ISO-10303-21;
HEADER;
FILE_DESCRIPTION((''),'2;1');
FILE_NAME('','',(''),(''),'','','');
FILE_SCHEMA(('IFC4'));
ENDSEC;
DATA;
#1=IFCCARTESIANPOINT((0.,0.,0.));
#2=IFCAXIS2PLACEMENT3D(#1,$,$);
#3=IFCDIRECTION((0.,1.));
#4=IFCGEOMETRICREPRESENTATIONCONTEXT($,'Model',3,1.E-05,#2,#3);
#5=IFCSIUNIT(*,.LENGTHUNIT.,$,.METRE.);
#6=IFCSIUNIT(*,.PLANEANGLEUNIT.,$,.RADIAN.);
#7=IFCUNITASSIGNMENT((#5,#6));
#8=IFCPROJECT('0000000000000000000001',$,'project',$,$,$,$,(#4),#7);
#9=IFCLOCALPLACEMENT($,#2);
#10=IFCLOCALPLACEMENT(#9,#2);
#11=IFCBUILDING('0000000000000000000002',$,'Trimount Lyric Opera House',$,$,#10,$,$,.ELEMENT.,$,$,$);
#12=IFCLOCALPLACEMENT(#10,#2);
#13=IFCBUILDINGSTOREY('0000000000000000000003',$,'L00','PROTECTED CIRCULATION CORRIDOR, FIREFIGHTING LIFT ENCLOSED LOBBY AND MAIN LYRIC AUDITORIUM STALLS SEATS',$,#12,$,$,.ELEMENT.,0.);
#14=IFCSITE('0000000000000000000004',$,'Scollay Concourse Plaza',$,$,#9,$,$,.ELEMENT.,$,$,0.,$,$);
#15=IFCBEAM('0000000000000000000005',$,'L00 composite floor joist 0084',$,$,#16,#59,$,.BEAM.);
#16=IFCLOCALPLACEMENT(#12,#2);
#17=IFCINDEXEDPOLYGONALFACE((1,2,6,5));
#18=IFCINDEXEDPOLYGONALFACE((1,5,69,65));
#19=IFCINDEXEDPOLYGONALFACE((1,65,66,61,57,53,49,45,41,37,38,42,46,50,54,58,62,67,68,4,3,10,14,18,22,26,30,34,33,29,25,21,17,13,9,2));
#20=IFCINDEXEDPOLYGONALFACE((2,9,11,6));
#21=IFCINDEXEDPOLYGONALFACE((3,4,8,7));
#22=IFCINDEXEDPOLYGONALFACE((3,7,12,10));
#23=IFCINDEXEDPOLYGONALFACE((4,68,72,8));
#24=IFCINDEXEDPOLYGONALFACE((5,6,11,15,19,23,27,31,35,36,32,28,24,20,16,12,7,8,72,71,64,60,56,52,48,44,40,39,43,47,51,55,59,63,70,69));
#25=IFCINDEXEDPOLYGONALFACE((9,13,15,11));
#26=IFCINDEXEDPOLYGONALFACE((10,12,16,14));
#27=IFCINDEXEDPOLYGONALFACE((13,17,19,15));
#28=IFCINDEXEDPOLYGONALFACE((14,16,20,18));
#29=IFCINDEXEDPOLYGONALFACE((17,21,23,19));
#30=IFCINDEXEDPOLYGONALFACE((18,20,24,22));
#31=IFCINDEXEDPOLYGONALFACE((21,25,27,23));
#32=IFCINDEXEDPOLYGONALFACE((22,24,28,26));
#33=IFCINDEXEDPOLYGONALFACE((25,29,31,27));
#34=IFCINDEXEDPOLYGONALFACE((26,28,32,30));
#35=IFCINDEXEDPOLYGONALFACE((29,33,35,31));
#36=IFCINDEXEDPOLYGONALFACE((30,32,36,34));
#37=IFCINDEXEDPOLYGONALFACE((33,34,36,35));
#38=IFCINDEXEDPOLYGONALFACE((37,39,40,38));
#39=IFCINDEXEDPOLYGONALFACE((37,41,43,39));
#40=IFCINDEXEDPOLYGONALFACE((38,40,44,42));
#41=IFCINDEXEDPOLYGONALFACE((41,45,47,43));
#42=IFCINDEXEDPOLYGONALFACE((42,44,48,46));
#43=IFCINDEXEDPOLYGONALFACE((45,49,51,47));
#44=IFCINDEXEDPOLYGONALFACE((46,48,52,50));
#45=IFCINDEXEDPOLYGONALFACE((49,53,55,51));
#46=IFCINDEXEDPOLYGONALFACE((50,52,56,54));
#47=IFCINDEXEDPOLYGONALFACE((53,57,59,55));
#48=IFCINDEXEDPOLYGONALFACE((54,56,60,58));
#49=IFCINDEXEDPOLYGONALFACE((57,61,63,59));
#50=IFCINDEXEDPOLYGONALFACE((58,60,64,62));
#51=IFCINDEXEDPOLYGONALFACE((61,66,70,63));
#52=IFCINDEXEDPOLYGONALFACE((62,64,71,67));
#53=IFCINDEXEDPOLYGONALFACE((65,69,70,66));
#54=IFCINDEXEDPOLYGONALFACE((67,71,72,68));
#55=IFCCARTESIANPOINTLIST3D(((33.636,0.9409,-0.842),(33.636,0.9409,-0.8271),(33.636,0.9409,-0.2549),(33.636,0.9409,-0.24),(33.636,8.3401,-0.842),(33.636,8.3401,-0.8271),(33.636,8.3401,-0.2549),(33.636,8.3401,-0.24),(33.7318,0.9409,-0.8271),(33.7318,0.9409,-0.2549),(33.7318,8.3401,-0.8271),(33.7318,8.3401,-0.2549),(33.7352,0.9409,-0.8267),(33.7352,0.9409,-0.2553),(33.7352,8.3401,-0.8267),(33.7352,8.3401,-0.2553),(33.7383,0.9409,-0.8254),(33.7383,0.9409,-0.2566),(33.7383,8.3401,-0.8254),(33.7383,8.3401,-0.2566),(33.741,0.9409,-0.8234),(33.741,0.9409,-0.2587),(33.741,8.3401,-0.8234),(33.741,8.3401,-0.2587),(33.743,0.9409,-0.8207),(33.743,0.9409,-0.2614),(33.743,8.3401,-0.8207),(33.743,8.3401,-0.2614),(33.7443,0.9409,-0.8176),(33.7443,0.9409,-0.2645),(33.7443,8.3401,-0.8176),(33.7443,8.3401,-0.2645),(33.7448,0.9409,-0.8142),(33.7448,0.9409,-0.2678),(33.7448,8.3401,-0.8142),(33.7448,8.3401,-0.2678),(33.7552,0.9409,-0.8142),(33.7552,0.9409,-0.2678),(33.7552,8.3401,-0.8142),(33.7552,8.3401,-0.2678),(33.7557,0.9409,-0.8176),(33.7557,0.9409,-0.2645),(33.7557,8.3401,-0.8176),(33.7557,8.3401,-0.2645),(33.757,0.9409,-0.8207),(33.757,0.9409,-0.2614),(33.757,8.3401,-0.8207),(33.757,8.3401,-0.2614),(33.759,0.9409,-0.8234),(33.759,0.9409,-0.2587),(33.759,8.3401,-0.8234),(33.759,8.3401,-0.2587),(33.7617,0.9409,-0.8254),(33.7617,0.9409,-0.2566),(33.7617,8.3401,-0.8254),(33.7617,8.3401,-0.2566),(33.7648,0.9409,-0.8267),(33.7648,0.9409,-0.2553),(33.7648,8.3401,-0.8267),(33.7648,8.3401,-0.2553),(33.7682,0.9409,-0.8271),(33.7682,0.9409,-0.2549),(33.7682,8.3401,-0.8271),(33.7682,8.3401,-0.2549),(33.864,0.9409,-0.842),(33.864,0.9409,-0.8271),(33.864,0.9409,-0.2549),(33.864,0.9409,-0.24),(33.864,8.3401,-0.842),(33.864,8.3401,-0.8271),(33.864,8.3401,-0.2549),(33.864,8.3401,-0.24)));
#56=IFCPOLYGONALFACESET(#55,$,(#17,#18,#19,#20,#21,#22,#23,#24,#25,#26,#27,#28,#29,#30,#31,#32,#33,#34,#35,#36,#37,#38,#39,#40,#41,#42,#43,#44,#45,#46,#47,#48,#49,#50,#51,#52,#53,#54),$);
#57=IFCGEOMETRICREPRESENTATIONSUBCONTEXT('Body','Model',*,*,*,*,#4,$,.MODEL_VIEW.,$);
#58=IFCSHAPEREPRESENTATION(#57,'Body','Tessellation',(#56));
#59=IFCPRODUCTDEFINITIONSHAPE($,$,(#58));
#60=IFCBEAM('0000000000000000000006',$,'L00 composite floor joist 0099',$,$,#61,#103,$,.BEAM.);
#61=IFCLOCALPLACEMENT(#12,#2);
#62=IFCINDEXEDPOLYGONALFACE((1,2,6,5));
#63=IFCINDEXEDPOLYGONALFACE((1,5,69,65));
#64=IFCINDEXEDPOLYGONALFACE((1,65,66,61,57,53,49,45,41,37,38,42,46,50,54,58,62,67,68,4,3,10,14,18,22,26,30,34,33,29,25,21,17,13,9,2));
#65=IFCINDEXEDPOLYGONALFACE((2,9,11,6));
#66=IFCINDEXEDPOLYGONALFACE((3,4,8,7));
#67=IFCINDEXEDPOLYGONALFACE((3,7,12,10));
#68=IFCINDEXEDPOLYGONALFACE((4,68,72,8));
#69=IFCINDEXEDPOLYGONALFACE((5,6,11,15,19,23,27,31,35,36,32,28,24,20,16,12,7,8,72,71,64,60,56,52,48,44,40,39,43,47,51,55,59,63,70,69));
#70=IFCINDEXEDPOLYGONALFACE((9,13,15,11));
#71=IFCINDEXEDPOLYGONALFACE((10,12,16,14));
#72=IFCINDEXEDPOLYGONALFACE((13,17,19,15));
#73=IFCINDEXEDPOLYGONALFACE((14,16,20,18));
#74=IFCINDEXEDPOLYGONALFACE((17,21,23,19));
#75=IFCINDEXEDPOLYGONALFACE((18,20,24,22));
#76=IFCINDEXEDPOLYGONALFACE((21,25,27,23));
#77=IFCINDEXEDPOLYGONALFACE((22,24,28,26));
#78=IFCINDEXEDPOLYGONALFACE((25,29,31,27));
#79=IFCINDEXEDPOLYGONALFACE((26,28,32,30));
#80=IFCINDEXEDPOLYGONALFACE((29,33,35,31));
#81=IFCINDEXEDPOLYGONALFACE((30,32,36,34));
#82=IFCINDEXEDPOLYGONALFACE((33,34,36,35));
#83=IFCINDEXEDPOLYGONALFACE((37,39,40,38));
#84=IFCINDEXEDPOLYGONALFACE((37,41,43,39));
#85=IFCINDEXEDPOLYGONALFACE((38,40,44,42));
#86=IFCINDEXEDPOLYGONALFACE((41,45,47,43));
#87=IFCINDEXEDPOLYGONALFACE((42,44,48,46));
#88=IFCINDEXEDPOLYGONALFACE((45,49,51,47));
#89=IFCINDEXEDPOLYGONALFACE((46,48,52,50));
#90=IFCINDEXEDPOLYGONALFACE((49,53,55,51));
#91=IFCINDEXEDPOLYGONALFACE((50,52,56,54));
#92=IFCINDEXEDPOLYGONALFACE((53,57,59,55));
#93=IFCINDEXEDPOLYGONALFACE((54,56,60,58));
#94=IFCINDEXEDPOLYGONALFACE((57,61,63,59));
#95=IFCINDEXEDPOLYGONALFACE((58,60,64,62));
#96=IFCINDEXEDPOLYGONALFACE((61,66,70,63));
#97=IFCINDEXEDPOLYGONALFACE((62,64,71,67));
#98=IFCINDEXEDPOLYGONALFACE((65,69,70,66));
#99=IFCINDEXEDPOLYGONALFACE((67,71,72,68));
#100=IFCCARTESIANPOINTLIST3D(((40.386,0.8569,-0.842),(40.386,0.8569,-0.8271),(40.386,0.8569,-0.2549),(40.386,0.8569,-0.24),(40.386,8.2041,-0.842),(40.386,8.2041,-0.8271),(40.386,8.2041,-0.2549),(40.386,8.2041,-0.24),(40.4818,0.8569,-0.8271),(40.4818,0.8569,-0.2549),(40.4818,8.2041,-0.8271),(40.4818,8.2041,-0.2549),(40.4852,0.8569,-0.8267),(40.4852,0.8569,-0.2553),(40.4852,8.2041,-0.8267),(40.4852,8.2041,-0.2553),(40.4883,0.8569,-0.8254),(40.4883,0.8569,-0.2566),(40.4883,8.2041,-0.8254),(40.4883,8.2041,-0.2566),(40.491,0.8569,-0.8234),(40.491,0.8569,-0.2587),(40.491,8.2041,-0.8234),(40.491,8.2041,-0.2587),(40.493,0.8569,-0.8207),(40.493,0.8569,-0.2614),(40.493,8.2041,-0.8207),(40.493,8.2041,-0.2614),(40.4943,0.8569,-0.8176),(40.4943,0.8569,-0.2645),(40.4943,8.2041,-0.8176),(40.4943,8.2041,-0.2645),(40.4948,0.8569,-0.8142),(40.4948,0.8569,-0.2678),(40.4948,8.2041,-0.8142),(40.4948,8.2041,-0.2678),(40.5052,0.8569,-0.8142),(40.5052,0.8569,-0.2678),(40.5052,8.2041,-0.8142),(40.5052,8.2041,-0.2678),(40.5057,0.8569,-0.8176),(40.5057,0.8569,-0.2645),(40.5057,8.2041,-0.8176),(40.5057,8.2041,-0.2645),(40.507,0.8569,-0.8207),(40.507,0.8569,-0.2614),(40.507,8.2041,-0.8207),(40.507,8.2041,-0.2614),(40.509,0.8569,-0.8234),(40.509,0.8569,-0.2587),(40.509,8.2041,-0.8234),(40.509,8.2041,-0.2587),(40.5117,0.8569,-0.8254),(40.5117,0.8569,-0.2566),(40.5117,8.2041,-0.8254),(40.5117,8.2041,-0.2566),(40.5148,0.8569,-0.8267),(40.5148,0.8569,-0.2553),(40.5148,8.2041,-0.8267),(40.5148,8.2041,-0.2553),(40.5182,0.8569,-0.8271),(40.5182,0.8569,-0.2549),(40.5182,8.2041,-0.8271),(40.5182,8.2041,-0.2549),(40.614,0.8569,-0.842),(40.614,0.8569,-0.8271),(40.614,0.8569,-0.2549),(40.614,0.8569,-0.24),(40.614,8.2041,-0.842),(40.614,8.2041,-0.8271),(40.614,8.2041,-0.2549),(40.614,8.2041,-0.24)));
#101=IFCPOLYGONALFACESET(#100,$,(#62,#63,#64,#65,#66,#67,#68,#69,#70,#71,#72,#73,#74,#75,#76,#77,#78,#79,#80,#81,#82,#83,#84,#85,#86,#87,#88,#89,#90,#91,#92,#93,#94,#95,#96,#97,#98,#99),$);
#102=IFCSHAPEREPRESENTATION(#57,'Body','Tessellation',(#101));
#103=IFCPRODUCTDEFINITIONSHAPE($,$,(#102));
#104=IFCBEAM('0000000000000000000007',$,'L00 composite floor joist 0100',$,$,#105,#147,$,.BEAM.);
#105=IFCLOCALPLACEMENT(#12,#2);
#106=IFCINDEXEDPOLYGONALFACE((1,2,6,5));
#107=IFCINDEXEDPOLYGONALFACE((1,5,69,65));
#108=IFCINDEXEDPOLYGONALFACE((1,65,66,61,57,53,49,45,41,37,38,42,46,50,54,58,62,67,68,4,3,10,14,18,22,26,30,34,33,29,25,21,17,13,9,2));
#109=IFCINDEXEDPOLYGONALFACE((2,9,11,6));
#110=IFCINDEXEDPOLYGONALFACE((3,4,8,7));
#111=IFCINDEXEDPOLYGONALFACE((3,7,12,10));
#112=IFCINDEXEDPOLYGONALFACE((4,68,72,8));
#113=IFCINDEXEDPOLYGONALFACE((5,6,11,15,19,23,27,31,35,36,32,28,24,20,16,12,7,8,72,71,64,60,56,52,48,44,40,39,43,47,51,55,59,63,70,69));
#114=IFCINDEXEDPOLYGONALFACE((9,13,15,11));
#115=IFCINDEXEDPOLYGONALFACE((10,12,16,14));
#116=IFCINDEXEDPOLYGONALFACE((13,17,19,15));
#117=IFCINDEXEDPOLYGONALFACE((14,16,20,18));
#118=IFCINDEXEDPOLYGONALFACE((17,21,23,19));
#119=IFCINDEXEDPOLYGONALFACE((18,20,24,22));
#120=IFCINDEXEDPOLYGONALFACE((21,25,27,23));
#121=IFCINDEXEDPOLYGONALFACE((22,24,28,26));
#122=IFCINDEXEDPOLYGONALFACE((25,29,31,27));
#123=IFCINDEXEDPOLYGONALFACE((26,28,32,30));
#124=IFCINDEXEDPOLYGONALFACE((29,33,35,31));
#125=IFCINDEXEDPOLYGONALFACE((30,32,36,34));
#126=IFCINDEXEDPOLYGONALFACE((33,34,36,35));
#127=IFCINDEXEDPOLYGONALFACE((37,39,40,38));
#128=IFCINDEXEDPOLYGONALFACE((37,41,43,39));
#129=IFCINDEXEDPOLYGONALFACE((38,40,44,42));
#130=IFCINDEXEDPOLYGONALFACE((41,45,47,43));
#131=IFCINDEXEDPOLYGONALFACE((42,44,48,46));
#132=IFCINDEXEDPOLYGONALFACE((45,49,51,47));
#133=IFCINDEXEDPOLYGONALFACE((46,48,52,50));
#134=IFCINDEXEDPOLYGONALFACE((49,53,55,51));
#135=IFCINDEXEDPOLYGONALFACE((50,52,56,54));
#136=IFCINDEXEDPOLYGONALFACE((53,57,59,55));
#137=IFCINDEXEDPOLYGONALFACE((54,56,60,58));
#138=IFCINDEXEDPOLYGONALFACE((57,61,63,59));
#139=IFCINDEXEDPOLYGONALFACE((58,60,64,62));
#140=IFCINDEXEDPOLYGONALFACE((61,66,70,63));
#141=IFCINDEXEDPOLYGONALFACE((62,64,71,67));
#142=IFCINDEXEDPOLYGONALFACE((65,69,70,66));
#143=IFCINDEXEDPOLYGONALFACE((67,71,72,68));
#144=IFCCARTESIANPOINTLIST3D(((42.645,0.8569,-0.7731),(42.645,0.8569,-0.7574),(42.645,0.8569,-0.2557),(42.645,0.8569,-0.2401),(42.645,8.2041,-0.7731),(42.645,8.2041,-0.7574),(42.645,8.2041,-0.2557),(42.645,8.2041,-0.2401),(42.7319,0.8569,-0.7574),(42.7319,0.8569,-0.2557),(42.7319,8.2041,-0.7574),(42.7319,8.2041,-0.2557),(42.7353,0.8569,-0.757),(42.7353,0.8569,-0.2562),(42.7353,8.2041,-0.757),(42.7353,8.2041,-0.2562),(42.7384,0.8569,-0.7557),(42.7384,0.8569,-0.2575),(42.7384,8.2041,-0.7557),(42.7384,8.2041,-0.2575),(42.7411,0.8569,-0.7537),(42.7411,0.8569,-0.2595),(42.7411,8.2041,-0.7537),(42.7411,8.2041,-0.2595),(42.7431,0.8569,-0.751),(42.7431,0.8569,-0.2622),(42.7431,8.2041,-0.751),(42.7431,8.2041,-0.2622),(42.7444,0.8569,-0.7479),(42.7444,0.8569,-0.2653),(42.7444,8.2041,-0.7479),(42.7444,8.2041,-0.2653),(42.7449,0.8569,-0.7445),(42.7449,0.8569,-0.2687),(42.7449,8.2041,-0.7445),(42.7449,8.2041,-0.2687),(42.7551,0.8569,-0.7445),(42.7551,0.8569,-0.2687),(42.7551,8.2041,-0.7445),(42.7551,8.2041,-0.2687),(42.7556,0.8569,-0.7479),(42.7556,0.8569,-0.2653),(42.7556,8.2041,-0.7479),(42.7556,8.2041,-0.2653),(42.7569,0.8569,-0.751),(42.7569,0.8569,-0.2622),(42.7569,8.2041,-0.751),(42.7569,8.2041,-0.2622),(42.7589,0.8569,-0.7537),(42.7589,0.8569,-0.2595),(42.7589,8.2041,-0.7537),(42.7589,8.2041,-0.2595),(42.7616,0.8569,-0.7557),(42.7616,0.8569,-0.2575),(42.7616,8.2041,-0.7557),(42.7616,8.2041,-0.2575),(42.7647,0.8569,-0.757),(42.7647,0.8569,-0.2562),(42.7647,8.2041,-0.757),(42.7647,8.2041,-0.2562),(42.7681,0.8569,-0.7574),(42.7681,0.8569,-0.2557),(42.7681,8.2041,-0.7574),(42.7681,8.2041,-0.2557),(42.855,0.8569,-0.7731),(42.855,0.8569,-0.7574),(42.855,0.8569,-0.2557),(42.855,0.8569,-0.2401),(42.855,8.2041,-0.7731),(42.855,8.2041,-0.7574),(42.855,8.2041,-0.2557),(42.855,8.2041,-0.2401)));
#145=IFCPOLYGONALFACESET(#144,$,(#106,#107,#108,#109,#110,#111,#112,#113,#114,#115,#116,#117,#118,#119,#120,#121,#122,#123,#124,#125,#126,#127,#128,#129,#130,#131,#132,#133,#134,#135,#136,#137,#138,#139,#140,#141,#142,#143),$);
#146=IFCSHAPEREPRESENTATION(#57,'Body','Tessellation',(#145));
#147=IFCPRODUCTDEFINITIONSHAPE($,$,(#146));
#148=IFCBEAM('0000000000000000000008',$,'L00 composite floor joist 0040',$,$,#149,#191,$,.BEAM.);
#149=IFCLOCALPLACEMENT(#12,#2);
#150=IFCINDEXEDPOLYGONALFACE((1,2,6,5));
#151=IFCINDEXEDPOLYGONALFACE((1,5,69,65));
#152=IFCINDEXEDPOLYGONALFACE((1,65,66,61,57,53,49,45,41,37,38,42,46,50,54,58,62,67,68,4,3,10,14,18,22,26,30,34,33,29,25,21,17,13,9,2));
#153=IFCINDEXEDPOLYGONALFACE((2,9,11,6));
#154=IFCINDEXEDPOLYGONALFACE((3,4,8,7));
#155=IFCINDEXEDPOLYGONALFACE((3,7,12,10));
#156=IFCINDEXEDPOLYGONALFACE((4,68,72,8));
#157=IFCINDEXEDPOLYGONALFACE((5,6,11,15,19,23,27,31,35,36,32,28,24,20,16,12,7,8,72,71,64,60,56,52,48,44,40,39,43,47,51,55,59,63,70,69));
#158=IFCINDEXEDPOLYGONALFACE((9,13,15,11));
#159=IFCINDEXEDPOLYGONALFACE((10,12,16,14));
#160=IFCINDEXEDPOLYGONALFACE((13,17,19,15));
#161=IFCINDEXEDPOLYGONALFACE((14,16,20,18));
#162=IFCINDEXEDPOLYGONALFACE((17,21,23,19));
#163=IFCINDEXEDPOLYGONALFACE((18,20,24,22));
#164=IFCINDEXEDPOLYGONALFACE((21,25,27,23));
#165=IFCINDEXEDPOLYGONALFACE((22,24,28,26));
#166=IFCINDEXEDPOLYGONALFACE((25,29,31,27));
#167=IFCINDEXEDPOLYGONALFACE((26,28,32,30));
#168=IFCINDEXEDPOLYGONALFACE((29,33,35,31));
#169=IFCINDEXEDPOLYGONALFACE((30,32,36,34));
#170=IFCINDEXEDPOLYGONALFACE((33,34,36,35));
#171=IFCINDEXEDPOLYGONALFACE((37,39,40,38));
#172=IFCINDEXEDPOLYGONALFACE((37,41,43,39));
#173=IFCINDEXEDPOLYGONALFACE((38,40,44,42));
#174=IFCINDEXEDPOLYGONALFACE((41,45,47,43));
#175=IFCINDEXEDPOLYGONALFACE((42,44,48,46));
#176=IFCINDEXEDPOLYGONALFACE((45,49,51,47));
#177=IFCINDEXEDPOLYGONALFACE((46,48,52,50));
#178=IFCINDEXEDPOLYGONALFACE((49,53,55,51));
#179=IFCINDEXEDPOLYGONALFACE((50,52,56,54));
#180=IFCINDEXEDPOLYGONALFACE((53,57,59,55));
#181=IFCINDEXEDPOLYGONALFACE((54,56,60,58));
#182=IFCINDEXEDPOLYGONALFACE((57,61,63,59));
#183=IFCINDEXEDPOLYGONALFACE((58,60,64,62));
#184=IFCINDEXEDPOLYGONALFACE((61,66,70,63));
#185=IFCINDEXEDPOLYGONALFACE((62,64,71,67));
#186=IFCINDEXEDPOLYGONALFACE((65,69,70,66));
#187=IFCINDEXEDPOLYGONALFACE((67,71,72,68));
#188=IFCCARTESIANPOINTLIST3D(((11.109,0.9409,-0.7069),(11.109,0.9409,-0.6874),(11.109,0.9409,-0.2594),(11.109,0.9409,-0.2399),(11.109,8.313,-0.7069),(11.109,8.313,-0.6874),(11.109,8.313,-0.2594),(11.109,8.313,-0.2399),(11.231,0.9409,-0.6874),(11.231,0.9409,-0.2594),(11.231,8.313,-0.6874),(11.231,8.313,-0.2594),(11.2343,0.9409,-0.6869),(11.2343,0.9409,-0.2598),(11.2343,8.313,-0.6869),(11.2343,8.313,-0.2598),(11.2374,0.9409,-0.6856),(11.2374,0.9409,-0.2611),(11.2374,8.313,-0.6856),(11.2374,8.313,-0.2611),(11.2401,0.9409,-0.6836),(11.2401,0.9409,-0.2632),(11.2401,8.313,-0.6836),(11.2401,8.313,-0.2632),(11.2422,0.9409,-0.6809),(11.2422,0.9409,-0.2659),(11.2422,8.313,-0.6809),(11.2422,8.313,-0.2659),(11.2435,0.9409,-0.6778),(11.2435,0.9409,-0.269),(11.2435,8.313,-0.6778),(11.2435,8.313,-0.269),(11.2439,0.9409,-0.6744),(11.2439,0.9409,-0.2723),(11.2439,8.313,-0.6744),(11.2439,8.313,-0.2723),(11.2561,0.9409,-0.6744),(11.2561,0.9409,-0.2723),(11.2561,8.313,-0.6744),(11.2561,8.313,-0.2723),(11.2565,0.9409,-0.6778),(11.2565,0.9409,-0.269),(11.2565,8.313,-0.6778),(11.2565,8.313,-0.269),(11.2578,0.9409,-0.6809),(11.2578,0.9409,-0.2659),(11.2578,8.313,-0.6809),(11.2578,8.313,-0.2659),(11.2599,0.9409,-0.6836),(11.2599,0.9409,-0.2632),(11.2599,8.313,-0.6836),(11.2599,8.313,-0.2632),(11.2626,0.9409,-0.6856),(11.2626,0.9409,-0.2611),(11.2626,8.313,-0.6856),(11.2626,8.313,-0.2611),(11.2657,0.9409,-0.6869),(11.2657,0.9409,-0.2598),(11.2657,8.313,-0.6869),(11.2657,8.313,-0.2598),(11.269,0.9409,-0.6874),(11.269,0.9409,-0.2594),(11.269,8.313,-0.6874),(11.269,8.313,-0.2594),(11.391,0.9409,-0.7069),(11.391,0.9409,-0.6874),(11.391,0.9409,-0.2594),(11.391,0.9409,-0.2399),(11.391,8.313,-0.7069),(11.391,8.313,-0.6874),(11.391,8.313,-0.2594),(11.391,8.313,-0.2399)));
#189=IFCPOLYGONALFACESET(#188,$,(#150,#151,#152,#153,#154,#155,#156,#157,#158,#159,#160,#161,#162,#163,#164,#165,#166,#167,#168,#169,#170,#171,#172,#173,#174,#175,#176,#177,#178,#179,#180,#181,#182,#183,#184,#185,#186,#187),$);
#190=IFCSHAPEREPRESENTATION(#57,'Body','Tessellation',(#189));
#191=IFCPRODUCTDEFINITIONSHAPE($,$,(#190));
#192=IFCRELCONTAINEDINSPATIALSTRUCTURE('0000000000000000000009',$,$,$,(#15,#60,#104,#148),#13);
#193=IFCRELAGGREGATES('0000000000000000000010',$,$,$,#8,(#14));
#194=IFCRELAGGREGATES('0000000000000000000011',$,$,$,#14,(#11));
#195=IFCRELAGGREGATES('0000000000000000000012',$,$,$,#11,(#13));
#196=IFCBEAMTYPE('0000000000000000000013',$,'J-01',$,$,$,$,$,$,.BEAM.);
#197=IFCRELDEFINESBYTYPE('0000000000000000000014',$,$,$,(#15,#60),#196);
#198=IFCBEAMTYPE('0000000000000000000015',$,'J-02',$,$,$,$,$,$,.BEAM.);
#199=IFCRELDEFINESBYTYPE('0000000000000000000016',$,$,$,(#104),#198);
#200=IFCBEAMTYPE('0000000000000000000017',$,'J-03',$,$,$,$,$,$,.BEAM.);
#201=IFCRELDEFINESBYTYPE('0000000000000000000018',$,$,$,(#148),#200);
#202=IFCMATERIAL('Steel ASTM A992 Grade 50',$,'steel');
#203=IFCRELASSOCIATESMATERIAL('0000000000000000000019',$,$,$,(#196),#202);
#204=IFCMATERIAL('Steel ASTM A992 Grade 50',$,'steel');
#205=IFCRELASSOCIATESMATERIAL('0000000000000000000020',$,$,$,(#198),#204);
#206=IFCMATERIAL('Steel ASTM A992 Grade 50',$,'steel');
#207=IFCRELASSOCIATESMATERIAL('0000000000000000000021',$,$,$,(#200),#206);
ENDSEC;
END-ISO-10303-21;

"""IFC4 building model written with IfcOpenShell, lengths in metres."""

from ifc_helpers import new_model, si_unit, direction, frame, origin, origin_2d, place, context, subcontext, project, spatial, i_section, extrude, material, material_profile, profile_set, type_object, element, save


model = new_model("IFC4")

# Units and contexts
model_context = context("Model", 3, precision=1e-05, world=origin(), true_north=direction((0.0, 1.0)))
body_context = subcontext(model_context, "Body", "Model", "MODEL_VIEW")
ifc_project = project(units=[si_unit("LENGTHUNIT", "METRE"), si_unit("PLANEANGLEUNIT", "RADIAN")], contexts=[model_context])

# Site, building, storey
site_placement = place(None, origin())
site = spatial("IfcSite", under=ifc_project, at=site_placement, Name="Scollay Concourse Plaza", CompositionType="ELEMENT", RefElevation=0.0)
building_placement = place(site_placement, origin())
building = spatial("IfcBuilding", under=site, at=building_placement, Name="Trimount Lyric Opera House", CompositionType="ELEMENT")
storey_placement = place(building_placement, origin())
storey = spatial("IfcBuildingStorey", under=building, at=storey_placement, Name="L00", Description="PROTECTED CIRCULATION CORRIDOR, FIREFIGHTING LIFT ENCLOSED LOBBY AND MAIN LYRIC AUDITORIUM STALLS SEATS", CompositionType="ELEMENT", Elevation=0.0)

# Beams
ifc_material_1 = material(Name="Steel ASTM A992 Grade 50", Category="steel")
ifc_material_profile_1 = material_profile(ifc_material_1, i_section(OverallWidth=0.228, OverallDepth=0.6021, WebThickness=0.0105, FlangeThickness=0.0149, FilletRadius=0.0129, at=origin_2d()), Name="W24X68")
ifc_profile_set_1 = profile_set([ifc_material_profile_1], Name="Steel ASTM A992 Grade 50")
beam_type_1 = type_object("IfcBeamType", Name="J-01", PredefinedType="BEAM", material=ifc_profile_set_1)
beam_1_placement = place(storey_placement, frame((33.75, 0.9409, -0.541), z_axis=(0.0, 1.0, 0.0), x_axis=(-1.0, 0.0, 0.0)))
element("IfcBeam", 1, at=beam_1_placement, inside=storey, type_object=beam_type_1, Name="L00 composite floor joist 0084", PredefinedType="BEAM", context=body_context, shape_type="SweptSolid", body=[
    extrude(i_section(OverallWidth=0.228, OverallDepth=0.6021, WebThickness=0.0105, FlangeThickness=0.0149, FilletRadius=0.0129, at=origin_2d()), origin(), (0.0, 0.0, 1.0), 7.3992),
])
beam_2_placement = place(storey_placement, frame((40.5, 0.8569, -0.541), z_axis=(0.0, 1.0, 0.0), x_axis=(-1.0, 0.0, 0.0)))
element("IfcBeam", 2, at=beam_2_placement, inside=storey, type_object=beam_type_1, Name="L00 composite floor joist 0099", PredefinedType="BEAM", context=body_context, shape_type="SweptSolid", body=[
    extrude(i_section(OverallWidth=0.228, OverallDepth=0.6021, WebThickness=0.0105, FlangeThickness=0.0149, FilletRadius=0.0129, at=origin_2d()), origin(), (0.0, 0.0, 1.0), 7.3472),
])
ifc_material_2 = material(Name="Steel ASTM A992 Grade 50", Category="steel")
ifc_material_profile_2 = material_profile(ifc_material_2, i_section(OverallWidth=0.21, OverallDepth=0.533, WebThickness=0.0103, FlangeThickness=0.0156, FilletRadius=0.0129, at=origin_2d()), Name="W21X62")
ifc_profile_set_2 = profile_set([ifc_material_profile_2], Name="Steel ASTM A992 Grade 50")
beam_type_2 = type_object("IfcBeamType", Name="J-02", PredefinedType="BEAM", material=ifc_profile_set_2)
beam_3_placement = place(storey_placement, frame((42.75, 0.8569, -0.5066), z_axis=(0.0, 1.0, 0.0), x_axis=(-1.0, 0.0, 0.0)))
element("IfcBeam", 3, at=beam_3_placement, inside=storey, type_object=beam_type_2, Name="L00 composite floor joist 0100", PredefinedType="BEAM", context=body_context, shape_type="SweptSolid", body=[
    extrude(i_section(OverallWidth=0.21, OverallDepth=0.533, WebThickness=0.0103, FlangeThickness=0.0156, FilletRadius=0.0129, at=origin_2d()), origin(), (0.0, 0.0, 1.0), 7.3472),
])
ifc_material_3 = material(Name="Steel ASTM A992 Grade 50", Category="steel")
ifc_material_profile_3 = material_profile(ifc_material_3, i_section(OverallWidth=0.282, OverallDepth=0.467, WebThickness=0.0122, FlangeThickness=0.0195, FilletRadius=0.0129, at=origin_2d()), Name="W18X86")
ifc_profile_set_3 = profile_set([ifc_material_profile_3], Name="Steel ASTM A992 Grade 50")
beam_type_3 = type_object("IfcBeamType", Name="J-03", PredefinedType="BEAM", material=ifc_profile_set_3)
beam_4_placement = place(storey_placement, frame((11.25, 0.9409, -0.4734), z_axis=(0.0, 1.0, 0.0), x_axis=(-1.0, 0.0, 0.0)))
element("IfcBeam", 4, at=beam_4_placement, inside=storey, type_object=beam_type_3, Name="L00 composite floor joist 0040", PredefinedType="BEAM", context=body_context, shape_type="SweptSolid", body=[
    extrude(i_section(OverallWidth=0.282, OverallDepth=0.467, WebThickness=0.0122, FlangeThickness=0.0195, FilletRadius=0.0129, at=origin_2d()), origin(), (0.0, 0.0, 1.0), 7.3721),
])

save(model, "model.ifc")
